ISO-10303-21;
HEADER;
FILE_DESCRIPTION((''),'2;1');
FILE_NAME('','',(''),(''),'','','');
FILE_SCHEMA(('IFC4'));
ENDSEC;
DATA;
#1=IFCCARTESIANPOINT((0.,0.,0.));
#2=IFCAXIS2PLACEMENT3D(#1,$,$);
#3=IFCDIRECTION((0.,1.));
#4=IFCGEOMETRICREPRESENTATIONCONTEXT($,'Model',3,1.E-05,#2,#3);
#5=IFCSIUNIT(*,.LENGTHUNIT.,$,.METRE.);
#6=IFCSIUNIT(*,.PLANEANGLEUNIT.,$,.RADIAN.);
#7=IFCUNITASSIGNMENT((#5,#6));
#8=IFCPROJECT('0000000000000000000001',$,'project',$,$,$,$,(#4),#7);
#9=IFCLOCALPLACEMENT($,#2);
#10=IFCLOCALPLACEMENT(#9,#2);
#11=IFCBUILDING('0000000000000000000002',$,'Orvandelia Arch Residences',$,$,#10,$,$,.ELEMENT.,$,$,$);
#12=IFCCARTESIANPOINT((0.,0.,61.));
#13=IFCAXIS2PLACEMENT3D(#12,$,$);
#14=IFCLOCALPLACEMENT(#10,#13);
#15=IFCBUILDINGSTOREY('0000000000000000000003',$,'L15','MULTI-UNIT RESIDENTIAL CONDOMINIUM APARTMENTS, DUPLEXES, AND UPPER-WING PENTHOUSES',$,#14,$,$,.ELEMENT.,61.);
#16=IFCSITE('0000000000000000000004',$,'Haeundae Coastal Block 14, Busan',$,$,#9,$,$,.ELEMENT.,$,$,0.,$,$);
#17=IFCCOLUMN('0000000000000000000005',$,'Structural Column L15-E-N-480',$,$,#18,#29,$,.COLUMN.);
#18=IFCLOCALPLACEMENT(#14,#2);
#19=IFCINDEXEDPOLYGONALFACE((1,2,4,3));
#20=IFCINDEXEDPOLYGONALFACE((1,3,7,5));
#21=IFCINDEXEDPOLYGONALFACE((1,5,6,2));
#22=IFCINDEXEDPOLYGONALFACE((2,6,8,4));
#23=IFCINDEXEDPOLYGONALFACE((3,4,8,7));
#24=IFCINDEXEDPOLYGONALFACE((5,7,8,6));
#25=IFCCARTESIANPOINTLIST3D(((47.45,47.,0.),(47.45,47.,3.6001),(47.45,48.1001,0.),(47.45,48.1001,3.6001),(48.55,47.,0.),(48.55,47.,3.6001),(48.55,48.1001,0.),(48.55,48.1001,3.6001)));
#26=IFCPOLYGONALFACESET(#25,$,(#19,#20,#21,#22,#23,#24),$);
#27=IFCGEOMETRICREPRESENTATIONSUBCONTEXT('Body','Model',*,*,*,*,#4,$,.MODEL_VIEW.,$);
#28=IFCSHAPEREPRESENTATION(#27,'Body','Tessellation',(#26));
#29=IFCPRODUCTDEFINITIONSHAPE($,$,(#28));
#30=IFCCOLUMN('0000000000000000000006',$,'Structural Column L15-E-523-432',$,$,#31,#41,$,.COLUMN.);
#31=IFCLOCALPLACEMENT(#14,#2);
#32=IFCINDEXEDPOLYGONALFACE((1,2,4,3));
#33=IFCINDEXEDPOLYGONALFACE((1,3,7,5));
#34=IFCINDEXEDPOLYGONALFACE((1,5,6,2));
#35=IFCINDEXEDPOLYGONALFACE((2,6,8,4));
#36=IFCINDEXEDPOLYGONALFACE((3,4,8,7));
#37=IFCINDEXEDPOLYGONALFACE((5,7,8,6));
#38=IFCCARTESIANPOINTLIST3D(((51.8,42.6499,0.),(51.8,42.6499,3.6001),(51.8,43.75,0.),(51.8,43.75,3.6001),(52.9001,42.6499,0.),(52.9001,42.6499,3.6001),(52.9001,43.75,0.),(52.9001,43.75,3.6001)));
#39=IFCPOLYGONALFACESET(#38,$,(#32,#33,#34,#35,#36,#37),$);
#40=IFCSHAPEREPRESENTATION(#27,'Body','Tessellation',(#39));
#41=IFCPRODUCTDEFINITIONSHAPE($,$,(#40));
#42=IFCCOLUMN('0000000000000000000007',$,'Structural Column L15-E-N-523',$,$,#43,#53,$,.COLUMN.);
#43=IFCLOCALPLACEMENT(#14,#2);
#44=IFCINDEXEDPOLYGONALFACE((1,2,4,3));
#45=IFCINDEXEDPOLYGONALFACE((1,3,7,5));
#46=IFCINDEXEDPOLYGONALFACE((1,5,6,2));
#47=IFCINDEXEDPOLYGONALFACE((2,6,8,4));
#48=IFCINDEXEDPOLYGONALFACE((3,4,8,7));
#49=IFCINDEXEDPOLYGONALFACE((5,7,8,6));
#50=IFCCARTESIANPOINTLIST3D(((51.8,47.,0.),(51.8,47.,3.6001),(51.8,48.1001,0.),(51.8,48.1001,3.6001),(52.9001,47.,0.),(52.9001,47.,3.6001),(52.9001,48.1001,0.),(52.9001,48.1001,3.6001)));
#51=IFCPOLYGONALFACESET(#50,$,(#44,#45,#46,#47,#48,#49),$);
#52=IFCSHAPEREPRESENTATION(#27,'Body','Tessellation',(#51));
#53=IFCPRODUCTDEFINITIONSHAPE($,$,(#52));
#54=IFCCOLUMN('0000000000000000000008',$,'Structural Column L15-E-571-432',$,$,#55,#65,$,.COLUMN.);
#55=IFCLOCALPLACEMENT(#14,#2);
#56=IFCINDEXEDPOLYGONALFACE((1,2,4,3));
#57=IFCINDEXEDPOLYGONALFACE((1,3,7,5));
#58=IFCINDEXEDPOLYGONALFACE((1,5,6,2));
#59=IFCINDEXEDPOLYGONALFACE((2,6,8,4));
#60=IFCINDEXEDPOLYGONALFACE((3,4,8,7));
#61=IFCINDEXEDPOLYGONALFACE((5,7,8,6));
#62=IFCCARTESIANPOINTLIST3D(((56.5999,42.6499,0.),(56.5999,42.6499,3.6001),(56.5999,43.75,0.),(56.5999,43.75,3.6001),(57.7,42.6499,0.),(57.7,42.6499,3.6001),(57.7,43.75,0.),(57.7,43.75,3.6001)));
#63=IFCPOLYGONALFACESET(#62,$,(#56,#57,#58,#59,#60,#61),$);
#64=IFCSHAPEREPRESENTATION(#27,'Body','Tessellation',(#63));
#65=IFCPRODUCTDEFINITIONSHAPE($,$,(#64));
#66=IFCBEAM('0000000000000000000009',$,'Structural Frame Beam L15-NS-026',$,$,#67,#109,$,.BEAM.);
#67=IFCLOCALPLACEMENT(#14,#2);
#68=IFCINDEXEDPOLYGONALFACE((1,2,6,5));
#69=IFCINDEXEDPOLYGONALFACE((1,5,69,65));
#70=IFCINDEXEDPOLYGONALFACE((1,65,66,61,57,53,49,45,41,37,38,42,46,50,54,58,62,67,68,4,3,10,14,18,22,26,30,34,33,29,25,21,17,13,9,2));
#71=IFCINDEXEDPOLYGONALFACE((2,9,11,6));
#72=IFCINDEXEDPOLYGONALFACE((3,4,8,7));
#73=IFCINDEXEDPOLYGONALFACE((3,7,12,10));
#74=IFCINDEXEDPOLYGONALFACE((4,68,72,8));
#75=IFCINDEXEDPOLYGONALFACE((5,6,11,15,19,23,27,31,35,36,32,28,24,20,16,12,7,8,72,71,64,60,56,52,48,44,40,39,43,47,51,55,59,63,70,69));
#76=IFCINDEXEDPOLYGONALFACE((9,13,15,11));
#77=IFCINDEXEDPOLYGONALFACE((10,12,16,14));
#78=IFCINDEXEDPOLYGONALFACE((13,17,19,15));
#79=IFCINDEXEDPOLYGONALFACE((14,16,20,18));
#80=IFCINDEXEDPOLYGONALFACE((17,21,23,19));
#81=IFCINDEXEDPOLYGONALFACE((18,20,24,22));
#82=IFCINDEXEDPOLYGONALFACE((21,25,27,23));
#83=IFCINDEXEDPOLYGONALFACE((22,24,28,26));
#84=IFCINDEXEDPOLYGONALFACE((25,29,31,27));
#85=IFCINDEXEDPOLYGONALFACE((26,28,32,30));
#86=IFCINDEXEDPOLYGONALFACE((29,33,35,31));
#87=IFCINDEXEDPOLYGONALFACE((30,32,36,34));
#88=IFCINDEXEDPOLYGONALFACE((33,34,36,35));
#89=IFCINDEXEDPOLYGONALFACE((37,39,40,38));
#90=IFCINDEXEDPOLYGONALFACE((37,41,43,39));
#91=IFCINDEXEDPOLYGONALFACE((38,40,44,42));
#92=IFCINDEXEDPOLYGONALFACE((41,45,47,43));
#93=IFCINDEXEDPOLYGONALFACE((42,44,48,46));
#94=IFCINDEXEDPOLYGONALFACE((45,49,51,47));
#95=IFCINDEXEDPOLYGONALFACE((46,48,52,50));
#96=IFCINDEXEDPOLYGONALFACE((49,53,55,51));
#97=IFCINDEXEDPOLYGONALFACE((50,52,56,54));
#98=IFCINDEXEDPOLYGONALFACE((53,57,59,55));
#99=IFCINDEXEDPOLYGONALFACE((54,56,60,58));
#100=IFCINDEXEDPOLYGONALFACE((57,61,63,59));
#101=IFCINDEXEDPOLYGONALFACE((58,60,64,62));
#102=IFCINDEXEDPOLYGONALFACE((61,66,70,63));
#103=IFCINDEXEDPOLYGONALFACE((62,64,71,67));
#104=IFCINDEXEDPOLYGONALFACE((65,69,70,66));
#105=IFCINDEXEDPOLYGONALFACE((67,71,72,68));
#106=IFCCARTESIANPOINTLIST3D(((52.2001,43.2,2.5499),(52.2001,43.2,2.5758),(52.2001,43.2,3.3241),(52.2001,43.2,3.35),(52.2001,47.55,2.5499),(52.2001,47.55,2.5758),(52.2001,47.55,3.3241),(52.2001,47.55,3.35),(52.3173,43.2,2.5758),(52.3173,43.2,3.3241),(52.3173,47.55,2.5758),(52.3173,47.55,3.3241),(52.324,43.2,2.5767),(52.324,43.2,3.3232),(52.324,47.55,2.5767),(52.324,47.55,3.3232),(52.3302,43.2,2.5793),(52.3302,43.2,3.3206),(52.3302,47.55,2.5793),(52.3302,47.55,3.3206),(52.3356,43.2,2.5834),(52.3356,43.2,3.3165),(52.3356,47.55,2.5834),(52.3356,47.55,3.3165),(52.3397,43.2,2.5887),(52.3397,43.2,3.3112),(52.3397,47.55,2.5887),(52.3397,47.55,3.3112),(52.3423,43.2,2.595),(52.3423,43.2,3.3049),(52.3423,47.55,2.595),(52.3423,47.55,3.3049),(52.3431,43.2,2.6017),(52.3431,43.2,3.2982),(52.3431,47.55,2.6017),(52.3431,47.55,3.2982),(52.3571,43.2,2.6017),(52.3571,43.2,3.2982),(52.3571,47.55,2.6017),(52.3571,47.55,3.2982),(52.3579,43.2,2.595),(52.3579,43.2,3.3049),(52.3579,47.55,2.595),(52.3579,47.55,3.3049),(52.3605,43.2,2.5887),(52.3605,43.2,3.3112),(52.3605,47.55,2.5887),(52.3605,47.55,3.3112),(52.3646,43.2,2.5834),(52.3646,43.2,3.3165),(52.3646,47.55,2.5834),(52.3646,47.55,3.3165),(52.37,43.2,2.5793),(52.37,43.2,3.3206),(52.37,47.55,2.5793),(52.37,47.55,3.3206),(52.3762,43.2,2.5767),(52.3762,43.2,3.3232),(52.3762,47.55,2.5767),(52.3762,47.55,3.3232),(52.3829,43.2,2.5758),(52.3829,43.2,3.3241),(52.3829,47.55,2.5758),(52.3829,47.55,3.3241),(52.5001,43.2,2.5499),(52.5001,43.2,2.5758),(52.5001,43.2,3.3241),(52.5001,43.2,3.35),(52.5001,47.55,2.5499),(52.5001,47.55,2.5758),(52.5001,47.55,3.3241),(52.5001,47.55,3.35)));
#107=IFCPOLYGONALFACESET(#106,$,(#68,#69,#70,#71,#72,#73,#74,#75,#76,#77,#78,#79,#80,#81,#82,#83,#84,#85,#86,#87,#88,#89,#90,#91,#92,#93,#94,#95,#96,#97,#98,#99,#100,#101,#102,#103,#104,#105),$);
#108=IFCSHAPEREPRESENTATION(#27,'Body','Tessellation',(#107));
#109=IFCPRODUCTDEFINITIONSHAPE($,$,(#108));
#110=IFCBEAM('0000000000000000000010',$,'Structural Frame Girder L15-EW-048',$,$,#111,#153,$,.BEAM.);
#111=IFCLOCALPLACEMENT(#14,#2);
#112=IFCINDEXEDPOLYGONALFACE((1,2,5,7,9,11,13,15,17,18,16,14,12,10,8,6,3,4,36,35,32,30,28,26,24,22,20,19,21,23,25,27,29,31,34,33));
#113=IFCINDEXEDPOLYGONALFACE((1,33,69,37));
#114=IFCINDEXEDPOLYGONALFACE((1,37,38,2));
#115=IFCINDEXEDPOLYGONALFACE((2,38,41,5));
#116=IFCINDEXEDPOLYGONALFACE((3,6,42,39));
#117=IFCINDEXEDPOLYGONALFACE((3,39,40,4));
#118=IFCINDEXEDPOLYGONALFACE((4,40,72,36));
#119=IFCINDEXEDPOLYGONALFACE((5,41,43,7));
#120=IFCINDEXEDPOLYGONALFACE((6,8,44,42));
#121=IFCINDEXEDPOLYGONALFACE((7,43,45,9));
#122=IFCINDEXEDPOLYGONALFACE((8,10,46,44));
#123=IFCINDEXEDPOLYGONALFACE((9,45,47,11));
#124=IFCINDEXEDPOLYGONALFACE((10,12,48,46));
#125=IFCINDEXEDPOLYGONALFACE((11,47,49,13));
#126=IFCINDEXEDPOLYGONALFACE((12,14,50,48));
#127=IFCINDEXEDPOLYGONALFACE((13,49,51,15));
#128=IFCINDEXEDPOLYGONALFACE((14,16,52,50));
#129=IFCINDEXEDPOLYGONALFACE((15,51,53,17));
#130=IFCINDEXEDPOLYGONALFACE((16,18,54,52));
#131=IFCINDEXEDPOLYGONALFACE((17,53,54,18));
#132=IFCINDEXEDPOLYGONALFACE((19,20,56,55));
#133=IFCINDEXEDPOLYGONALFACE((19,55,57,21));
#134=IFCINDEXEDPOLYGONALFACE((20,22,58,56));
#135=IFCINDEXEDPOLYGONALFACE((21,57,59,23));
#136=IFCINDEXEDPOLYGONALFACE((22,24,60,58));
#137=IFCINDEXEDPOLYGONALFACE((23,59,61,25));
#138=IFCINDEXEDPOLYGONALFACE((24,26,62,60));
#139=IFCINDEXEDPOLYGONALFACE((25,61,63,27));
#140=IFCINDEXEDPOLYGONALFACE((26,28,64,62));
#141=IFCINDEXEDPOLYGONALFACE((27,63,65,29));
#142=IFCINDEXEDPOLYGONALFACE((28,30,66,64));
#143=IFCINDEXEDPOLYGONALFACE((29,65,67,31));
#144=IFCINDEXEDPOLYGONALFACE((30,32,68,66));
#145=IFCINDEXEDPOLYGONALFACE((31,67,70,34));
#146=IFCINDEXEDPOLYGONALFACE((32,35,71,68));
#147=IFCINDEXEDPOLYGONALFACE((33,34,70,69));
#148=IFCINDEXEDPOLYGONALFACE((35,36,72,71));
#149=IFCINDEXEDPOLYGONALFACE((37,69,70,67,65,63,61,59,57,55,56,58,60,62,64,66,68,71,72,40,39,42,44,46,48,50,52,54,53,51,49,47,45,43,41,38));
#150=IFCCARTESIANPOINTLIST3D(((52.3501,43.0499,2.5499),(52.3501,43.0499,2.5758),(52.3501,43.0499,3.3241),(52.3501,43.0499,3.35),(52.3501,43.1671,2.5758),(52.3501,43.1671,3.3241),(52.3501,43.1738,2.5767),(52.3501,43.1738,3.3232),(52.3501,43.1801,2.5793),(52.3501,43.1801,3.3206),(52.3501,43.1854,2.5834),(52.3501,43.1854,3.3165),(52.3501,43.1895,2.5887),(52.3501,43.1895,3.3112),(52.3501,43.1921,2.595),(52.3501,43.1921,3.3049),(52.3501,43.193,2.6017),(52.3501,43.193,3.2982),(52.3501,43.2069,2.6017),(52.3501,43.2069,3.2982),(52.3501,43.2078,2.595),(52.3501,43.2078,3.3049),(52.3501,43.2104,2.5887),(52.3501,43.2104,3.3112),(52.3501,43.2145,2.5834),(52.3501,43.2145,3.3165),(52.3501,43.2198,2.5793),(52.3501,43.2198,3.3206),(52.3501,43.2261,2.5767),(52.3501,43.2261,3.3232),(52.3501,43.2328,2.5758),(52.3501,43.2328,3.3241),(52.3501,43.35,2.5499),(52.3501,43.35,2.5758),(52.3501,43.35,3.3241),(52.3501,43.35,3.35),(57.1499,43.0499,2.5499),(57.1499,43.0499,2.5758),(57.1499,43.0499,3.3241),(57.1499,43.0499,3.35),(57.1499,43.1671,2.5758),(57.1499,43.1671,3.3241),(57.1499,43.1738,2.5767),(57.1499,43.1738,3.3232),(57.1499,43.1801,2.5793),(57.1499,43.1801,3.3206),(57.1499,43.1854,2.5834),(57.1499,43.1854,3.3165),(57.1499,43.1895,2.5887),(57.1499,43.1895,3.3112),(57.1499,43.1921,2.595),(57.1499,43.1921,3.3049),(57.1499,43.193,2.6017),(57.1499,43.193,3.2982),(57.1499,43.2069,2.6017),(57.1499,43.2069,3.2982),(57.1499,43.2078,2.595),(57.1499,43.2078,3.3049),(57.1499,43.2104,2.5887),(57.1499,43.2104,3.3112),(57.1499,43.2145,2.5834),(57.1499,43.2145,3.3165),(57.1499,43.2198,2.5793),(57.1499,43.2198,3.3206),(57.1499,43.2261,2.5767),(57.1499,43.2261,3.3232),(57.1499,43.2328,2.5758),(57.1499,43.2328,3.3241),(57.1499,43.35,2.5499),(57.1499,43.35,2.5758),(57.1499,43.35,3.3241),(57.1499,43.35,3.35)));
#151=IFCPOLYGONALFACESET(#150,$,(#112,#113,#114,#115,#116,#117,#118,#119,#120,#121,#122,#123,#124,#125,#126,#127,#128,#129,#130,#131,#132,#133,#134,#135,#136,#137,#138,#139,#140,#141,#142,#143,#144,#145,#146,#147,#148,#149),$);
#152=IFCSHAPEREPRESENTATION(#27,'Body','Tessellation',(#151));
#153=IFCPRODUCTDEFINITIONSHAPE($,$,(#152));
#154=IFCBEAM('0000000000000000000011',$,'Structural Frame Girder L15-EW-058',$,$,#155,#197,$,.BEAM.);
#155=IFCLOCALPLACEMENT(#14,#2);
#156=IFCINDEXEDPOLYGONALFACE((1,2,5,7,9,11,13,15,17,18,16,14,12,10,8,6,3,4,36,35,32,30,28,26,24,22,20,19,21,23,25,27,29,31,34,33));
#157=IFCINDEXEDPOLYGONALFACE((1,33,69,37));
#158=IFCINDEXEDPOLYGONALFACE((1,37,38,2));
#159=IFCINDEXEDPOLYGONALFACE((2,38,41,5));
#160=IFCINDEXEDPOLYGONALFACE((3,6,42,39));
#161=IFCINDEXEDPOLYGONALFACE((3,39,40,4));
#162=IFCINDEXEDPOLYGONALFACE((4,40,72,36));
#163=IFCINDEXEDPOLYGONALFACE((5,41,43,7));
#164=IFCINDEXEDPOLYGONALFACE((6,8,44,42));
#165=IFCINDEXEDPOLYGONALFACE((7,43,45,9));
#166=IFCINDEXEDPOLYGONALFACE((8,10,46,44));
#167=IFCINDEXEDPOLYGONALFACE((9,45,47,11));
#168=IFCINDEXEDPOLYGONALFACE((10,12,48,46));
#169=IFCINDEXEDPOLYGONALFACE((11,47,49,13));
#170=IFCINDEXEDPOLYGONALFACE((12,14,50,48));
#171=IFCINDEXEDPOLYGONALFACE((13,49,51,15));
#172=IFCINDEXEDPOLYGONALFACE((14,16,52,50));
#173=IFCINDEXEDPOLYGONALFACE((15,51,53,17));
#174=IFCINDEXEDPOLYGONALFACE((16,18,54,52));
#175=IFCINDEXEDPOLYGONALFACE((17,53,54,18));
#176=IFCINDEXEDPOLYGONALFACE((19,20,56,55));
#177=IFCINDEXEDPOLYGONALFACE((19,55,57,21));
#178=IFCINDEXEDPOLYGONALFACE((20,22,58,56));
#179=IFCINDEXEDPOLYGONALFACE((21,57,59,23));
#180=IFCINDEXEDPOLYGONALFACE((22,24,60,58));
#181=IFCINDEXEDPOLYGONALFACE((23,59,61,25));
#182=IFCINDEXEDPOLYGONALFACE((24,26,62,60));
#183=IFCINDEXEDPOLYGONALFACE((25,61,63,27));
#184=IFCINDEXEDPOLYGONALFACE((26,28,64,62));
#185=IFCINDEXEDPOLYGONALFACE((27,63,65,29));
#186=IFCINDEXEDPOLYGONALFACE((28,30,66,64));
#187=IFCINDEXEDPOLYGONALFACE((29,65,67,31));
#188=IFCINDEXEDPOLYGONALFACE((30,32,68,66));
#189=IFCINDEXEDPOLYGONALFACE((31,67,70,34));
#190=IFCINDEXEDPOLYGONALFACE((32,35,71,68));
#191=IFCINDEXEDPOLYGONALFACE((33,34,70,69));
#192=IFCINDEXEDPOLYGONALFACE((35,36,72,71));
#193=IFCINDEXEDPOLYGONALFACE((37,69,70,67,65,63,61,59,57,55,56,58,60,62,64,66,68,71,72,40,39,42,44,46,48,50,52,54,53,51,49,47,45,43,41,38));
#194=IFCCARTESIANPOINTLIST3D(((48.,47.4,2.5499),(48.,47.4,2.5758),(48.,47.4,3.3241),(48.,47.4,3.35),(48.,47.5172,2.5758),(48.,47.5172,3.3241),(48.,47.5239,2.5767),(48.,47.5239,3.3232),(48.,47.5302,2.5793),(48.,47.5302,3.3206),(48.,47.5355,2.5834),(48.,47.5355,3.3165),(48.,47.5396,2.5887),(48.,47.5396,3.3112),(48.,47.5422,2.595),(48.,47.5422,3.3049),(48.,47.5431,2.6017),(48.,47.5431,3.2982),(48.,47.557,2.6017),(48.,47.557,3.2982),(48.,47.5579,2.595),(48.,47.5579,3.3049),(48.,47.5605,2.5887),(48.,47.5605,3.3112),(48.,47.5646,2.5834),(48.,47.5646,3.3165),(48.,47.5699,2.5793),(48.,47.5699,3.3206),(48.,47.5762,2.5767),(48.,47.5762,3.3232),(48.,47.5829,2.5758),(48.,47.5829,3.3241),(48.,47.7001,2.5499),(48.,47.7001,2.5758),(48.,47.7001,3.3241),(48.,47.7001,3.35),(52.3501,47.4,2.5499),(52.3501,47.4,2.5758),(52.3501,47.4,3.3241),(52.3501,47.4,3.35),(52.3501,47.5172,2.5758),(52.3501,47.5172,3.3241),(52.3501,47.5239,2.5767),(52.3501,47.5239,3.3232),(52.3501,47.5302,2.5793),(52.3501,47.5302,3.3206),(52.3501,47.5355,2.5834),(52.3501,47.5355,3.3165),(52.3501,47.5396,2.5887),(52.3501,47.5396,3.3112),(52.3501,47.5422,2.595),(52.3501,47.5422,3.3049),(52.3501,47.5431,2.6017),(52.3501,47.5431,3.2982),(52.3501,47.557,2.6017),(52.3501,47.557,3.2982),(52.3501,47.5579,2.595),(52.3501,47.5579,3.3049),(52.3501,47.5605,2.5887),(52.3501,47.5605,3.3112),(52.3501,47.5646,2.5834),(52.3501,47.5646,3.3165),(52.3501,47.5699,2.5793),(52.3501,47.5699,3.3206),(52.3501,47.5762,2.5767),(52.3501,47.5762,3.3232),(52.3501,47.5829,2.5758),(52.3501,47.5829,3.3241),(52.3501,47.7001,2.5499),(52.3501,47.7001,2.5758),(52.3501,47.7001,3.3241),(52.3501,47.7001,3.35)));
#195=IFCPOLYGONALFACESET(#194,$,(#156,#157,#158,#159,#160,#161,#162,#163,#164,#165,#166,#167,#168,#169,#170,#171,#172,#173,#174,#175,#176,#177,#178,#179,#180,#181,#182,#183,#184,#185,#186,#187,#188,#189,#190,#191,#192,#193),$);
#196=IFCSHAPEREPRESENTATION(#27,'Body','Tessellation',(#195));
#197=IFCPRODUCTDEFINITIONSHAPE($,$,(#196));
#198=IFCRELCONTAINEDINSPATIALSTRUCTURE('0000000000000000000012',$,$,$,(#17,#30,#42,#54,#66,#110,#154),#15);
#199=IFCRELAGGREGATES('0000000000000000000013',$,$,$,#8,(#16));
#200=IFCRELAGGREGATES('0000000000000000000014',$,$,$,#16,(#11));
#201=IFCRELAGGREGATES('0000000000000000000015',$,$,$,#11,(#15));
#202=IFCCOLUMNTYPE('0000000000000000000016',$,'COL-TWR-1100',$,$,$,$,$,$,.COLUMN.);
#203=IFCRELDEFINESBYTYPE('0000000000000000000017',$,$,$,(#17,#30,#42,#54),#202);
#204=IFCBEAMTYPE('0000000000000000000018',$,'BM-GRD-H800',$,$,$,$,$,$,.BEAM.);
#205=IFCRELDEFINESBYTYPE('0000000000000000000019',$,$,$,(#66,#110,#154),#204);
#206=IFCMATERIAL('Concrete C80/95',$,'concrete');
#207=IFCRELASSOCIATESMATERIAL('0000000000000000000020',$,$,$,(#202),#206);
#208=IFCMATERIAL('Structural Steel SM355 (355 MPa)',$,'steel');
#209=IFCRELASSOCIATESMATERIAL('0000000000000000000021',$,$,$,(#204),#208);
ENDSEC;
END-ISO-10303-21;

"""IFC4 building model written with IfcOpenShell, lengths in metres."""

from ifc_helpers import new_model, si_unit, direction, frame, origin, origin_2d, place, context, subcontext, project, spatial, rectangle, i_section, extrude, material, material_profile, profile_set, type_object, element, save


model = new_model("IFC4")

# Units and contexts
model_context = context("Model", 3, precision=1e-05, world=origin(), true_north=direction((0.0, 1.0)))
body_context = subcontext(model_context, "Body", "Model", "MODEL_VIEW")
ifc_project = project(units=[si_unit("LENGTHUNIT", "METRE"), si_unit("PLANEANGLEUNIT", "RADIAN")], contexts=[model_context])

# Site, building, storey
site_placement = place(None, origin())
site = spatial("IfcSite", under=ifc_project, at=site_placement, Name="Haeundae Coastal Block 14, Busan", CompositionType="ELEMENT", RefElevation=0.0)
building_placement = place(site_placement, origin())
building = spatial("IfcBuilding", under=site, at=building_placement, Name="Orvandelia Arch Residences", CompositionType="ELEMENT")
storey_placement = place(building_placement, frame((0.0, 0.0, 61.0)))
storey = spatial("IfcBuildingStorey", under=building, at=storey_placement, Name="L15", Description="MULTI-UNIT RESIDENTIAL CONDOMINIUM APARTMENTS, DUPLEXES, AND UPPER-WING PENTHOUSES", CompositionType="ELEMENT", Elevation=61.0)

# Columns
ifc_material_1 = material(Name="Concrete C80/95", Category="concrete")
ifc_material_profile_1 = material_profile(ifc_material_1, rectangle(XDim=1.1001, YDim=1.1001, at=origin_2d()), Name="Concrete C80/95", Category="concrete")
ifc_profile_set_1 = profile_set([ifc_material_profile_1], Name="Concrete C80/95")
column_type = type_object("IfcColumnType", Name="COL-TWR-1100", PredefinedType="COLUMN", material=ifc_profile_set_1)
for number, where, z_axis, x_axis, name in (
    (1, (48.0, 47.55, 0.0), (0.0, 0.0, 1.0), (1.0, 0.0, 0.0), "Structural Column L15-E-N-480"),
    (2, (52.3501, 43.2, 0.0), (0.0, 0.0, 1.0), (1.0, 0.0, 0.0), "Structural Column L15-E-523-432"),
    (3, (52.3501, 47.55, 0.0), (0.0, 0.0, 1.0), (1.0, 0.0, 0.0), "Structural Column L15-E-N-523"),
    (4, (57.1499, 43.2, 0.0), (0.0, 0.0, 1.0), (1.0, 0.0, 0.0), "Structural Column L15-E-571-432"),
):
    element("IfcColumn", number, at=place(storey_placement, frame(where, z_axis=z_axis, x_axis=x_axis)), inside=storey, type_object=column_type, Name=name, PredefinedType="COLUMN", context=body_context, shape_type="SweptSolid", body=[
        extrude(rectangle(XDim=1.1001, YDim=1.1001, at=origin_2d()), origin(), (0.0, 0.0, 1.0), 3.6001),
    ])

# Beams
ifc_material_2 = material(Name="Structural Steel SM355 (355 MPa)", Category="steel")
ifc_material_profile_2 = material_profile(ifc_material_2, i_section(OverallWidth=0.3, OverallDepth=0.8, WebThickness=0.0139, FlangeThickness=0.0259, FilletRadius=0.0259, at=origin_2d()), Name="Structural Steel SM355 (355 MPa)", Category="steel")
ifc_profile_set_2 = profile_set([ifc_material_profile_2], Name="Structural Steel SM355 (355 MPa)")
beam_type = type_object("IfcBeamType", Name="BM-GRD-H800", PredefinedType="BEAM", material=ifc_profile_set_2)
beam_1_placement = place(storey_placement, frame((52.3501, 43.2, 2.95), z_axis=(0.0, 1.0, 0.0), x_axis=(-1.0, 0.0, 0.0)))
element("IfcBeam", 5, at=beam_1_placement, inside=storey, type_object=beam_type, Name="Structural Frame Beam L15-NS-026", PredefinedType="BEAM", context=body_context, shape_type="SweptSolid", body=[
    extrude(i_section(OverallWidth=0.3, OverallDepth=0.8, WebThickness=0.0139, FlangeThickness=0.0259, FilletRadius=0.0259, at=origin_2d()), origin(), (0.0, 0.0, 1.0), 4.3501),
])
beam_2_placement = place(storey_placement, frame((52.3501, 43.2, 2.95), z_axis=(1.0, 0.0, 0.0), x_axis=(0.0, 1.0, 0.0)))
element("IfcBeam", 6, at=beam_2_placement, inside=storey, type_object=beam_type, Name="Structural Frame Girder L15-EW-048", PredefinedType="BEAM", context=body_context, shape_type="SweptSolid", body=[
    extrude(i_section(OverallWidth=0.3, OverallDepth=0.8, WebThickness=0.0139, FlangeThickness=0.0259, FilletRadius=0.0259, at=origin_2d()), origin(), (0.0, 0.0, 1.0), 4.7998),
])
beam_3_placement = place(storey_placement, frame((48.0, 47.55, 2.95), z_axis=(1.0, 0.0, 0.0), x_axis=(0.0, 1.0, 0.0)))
element("IfcBeam", 7, at=beam_3_placement, inside=storey, type_object=beam_type, Name="Structural Frame Girder L15-EW-058", PredefinedType="BEAM", context=body_context, shape_type="SweptSolid", body=[
    extrude(i_section(OverallWidth=0.3, OverallDepth=0.8, WebThickness=0.0139, FlangeThickness=0.0259, FilletRadius=0.0259, at=origin_2d()), origin(), (0.0, 0.0, 1.0), 4.3501),
])

save(model, "model.ifc")
